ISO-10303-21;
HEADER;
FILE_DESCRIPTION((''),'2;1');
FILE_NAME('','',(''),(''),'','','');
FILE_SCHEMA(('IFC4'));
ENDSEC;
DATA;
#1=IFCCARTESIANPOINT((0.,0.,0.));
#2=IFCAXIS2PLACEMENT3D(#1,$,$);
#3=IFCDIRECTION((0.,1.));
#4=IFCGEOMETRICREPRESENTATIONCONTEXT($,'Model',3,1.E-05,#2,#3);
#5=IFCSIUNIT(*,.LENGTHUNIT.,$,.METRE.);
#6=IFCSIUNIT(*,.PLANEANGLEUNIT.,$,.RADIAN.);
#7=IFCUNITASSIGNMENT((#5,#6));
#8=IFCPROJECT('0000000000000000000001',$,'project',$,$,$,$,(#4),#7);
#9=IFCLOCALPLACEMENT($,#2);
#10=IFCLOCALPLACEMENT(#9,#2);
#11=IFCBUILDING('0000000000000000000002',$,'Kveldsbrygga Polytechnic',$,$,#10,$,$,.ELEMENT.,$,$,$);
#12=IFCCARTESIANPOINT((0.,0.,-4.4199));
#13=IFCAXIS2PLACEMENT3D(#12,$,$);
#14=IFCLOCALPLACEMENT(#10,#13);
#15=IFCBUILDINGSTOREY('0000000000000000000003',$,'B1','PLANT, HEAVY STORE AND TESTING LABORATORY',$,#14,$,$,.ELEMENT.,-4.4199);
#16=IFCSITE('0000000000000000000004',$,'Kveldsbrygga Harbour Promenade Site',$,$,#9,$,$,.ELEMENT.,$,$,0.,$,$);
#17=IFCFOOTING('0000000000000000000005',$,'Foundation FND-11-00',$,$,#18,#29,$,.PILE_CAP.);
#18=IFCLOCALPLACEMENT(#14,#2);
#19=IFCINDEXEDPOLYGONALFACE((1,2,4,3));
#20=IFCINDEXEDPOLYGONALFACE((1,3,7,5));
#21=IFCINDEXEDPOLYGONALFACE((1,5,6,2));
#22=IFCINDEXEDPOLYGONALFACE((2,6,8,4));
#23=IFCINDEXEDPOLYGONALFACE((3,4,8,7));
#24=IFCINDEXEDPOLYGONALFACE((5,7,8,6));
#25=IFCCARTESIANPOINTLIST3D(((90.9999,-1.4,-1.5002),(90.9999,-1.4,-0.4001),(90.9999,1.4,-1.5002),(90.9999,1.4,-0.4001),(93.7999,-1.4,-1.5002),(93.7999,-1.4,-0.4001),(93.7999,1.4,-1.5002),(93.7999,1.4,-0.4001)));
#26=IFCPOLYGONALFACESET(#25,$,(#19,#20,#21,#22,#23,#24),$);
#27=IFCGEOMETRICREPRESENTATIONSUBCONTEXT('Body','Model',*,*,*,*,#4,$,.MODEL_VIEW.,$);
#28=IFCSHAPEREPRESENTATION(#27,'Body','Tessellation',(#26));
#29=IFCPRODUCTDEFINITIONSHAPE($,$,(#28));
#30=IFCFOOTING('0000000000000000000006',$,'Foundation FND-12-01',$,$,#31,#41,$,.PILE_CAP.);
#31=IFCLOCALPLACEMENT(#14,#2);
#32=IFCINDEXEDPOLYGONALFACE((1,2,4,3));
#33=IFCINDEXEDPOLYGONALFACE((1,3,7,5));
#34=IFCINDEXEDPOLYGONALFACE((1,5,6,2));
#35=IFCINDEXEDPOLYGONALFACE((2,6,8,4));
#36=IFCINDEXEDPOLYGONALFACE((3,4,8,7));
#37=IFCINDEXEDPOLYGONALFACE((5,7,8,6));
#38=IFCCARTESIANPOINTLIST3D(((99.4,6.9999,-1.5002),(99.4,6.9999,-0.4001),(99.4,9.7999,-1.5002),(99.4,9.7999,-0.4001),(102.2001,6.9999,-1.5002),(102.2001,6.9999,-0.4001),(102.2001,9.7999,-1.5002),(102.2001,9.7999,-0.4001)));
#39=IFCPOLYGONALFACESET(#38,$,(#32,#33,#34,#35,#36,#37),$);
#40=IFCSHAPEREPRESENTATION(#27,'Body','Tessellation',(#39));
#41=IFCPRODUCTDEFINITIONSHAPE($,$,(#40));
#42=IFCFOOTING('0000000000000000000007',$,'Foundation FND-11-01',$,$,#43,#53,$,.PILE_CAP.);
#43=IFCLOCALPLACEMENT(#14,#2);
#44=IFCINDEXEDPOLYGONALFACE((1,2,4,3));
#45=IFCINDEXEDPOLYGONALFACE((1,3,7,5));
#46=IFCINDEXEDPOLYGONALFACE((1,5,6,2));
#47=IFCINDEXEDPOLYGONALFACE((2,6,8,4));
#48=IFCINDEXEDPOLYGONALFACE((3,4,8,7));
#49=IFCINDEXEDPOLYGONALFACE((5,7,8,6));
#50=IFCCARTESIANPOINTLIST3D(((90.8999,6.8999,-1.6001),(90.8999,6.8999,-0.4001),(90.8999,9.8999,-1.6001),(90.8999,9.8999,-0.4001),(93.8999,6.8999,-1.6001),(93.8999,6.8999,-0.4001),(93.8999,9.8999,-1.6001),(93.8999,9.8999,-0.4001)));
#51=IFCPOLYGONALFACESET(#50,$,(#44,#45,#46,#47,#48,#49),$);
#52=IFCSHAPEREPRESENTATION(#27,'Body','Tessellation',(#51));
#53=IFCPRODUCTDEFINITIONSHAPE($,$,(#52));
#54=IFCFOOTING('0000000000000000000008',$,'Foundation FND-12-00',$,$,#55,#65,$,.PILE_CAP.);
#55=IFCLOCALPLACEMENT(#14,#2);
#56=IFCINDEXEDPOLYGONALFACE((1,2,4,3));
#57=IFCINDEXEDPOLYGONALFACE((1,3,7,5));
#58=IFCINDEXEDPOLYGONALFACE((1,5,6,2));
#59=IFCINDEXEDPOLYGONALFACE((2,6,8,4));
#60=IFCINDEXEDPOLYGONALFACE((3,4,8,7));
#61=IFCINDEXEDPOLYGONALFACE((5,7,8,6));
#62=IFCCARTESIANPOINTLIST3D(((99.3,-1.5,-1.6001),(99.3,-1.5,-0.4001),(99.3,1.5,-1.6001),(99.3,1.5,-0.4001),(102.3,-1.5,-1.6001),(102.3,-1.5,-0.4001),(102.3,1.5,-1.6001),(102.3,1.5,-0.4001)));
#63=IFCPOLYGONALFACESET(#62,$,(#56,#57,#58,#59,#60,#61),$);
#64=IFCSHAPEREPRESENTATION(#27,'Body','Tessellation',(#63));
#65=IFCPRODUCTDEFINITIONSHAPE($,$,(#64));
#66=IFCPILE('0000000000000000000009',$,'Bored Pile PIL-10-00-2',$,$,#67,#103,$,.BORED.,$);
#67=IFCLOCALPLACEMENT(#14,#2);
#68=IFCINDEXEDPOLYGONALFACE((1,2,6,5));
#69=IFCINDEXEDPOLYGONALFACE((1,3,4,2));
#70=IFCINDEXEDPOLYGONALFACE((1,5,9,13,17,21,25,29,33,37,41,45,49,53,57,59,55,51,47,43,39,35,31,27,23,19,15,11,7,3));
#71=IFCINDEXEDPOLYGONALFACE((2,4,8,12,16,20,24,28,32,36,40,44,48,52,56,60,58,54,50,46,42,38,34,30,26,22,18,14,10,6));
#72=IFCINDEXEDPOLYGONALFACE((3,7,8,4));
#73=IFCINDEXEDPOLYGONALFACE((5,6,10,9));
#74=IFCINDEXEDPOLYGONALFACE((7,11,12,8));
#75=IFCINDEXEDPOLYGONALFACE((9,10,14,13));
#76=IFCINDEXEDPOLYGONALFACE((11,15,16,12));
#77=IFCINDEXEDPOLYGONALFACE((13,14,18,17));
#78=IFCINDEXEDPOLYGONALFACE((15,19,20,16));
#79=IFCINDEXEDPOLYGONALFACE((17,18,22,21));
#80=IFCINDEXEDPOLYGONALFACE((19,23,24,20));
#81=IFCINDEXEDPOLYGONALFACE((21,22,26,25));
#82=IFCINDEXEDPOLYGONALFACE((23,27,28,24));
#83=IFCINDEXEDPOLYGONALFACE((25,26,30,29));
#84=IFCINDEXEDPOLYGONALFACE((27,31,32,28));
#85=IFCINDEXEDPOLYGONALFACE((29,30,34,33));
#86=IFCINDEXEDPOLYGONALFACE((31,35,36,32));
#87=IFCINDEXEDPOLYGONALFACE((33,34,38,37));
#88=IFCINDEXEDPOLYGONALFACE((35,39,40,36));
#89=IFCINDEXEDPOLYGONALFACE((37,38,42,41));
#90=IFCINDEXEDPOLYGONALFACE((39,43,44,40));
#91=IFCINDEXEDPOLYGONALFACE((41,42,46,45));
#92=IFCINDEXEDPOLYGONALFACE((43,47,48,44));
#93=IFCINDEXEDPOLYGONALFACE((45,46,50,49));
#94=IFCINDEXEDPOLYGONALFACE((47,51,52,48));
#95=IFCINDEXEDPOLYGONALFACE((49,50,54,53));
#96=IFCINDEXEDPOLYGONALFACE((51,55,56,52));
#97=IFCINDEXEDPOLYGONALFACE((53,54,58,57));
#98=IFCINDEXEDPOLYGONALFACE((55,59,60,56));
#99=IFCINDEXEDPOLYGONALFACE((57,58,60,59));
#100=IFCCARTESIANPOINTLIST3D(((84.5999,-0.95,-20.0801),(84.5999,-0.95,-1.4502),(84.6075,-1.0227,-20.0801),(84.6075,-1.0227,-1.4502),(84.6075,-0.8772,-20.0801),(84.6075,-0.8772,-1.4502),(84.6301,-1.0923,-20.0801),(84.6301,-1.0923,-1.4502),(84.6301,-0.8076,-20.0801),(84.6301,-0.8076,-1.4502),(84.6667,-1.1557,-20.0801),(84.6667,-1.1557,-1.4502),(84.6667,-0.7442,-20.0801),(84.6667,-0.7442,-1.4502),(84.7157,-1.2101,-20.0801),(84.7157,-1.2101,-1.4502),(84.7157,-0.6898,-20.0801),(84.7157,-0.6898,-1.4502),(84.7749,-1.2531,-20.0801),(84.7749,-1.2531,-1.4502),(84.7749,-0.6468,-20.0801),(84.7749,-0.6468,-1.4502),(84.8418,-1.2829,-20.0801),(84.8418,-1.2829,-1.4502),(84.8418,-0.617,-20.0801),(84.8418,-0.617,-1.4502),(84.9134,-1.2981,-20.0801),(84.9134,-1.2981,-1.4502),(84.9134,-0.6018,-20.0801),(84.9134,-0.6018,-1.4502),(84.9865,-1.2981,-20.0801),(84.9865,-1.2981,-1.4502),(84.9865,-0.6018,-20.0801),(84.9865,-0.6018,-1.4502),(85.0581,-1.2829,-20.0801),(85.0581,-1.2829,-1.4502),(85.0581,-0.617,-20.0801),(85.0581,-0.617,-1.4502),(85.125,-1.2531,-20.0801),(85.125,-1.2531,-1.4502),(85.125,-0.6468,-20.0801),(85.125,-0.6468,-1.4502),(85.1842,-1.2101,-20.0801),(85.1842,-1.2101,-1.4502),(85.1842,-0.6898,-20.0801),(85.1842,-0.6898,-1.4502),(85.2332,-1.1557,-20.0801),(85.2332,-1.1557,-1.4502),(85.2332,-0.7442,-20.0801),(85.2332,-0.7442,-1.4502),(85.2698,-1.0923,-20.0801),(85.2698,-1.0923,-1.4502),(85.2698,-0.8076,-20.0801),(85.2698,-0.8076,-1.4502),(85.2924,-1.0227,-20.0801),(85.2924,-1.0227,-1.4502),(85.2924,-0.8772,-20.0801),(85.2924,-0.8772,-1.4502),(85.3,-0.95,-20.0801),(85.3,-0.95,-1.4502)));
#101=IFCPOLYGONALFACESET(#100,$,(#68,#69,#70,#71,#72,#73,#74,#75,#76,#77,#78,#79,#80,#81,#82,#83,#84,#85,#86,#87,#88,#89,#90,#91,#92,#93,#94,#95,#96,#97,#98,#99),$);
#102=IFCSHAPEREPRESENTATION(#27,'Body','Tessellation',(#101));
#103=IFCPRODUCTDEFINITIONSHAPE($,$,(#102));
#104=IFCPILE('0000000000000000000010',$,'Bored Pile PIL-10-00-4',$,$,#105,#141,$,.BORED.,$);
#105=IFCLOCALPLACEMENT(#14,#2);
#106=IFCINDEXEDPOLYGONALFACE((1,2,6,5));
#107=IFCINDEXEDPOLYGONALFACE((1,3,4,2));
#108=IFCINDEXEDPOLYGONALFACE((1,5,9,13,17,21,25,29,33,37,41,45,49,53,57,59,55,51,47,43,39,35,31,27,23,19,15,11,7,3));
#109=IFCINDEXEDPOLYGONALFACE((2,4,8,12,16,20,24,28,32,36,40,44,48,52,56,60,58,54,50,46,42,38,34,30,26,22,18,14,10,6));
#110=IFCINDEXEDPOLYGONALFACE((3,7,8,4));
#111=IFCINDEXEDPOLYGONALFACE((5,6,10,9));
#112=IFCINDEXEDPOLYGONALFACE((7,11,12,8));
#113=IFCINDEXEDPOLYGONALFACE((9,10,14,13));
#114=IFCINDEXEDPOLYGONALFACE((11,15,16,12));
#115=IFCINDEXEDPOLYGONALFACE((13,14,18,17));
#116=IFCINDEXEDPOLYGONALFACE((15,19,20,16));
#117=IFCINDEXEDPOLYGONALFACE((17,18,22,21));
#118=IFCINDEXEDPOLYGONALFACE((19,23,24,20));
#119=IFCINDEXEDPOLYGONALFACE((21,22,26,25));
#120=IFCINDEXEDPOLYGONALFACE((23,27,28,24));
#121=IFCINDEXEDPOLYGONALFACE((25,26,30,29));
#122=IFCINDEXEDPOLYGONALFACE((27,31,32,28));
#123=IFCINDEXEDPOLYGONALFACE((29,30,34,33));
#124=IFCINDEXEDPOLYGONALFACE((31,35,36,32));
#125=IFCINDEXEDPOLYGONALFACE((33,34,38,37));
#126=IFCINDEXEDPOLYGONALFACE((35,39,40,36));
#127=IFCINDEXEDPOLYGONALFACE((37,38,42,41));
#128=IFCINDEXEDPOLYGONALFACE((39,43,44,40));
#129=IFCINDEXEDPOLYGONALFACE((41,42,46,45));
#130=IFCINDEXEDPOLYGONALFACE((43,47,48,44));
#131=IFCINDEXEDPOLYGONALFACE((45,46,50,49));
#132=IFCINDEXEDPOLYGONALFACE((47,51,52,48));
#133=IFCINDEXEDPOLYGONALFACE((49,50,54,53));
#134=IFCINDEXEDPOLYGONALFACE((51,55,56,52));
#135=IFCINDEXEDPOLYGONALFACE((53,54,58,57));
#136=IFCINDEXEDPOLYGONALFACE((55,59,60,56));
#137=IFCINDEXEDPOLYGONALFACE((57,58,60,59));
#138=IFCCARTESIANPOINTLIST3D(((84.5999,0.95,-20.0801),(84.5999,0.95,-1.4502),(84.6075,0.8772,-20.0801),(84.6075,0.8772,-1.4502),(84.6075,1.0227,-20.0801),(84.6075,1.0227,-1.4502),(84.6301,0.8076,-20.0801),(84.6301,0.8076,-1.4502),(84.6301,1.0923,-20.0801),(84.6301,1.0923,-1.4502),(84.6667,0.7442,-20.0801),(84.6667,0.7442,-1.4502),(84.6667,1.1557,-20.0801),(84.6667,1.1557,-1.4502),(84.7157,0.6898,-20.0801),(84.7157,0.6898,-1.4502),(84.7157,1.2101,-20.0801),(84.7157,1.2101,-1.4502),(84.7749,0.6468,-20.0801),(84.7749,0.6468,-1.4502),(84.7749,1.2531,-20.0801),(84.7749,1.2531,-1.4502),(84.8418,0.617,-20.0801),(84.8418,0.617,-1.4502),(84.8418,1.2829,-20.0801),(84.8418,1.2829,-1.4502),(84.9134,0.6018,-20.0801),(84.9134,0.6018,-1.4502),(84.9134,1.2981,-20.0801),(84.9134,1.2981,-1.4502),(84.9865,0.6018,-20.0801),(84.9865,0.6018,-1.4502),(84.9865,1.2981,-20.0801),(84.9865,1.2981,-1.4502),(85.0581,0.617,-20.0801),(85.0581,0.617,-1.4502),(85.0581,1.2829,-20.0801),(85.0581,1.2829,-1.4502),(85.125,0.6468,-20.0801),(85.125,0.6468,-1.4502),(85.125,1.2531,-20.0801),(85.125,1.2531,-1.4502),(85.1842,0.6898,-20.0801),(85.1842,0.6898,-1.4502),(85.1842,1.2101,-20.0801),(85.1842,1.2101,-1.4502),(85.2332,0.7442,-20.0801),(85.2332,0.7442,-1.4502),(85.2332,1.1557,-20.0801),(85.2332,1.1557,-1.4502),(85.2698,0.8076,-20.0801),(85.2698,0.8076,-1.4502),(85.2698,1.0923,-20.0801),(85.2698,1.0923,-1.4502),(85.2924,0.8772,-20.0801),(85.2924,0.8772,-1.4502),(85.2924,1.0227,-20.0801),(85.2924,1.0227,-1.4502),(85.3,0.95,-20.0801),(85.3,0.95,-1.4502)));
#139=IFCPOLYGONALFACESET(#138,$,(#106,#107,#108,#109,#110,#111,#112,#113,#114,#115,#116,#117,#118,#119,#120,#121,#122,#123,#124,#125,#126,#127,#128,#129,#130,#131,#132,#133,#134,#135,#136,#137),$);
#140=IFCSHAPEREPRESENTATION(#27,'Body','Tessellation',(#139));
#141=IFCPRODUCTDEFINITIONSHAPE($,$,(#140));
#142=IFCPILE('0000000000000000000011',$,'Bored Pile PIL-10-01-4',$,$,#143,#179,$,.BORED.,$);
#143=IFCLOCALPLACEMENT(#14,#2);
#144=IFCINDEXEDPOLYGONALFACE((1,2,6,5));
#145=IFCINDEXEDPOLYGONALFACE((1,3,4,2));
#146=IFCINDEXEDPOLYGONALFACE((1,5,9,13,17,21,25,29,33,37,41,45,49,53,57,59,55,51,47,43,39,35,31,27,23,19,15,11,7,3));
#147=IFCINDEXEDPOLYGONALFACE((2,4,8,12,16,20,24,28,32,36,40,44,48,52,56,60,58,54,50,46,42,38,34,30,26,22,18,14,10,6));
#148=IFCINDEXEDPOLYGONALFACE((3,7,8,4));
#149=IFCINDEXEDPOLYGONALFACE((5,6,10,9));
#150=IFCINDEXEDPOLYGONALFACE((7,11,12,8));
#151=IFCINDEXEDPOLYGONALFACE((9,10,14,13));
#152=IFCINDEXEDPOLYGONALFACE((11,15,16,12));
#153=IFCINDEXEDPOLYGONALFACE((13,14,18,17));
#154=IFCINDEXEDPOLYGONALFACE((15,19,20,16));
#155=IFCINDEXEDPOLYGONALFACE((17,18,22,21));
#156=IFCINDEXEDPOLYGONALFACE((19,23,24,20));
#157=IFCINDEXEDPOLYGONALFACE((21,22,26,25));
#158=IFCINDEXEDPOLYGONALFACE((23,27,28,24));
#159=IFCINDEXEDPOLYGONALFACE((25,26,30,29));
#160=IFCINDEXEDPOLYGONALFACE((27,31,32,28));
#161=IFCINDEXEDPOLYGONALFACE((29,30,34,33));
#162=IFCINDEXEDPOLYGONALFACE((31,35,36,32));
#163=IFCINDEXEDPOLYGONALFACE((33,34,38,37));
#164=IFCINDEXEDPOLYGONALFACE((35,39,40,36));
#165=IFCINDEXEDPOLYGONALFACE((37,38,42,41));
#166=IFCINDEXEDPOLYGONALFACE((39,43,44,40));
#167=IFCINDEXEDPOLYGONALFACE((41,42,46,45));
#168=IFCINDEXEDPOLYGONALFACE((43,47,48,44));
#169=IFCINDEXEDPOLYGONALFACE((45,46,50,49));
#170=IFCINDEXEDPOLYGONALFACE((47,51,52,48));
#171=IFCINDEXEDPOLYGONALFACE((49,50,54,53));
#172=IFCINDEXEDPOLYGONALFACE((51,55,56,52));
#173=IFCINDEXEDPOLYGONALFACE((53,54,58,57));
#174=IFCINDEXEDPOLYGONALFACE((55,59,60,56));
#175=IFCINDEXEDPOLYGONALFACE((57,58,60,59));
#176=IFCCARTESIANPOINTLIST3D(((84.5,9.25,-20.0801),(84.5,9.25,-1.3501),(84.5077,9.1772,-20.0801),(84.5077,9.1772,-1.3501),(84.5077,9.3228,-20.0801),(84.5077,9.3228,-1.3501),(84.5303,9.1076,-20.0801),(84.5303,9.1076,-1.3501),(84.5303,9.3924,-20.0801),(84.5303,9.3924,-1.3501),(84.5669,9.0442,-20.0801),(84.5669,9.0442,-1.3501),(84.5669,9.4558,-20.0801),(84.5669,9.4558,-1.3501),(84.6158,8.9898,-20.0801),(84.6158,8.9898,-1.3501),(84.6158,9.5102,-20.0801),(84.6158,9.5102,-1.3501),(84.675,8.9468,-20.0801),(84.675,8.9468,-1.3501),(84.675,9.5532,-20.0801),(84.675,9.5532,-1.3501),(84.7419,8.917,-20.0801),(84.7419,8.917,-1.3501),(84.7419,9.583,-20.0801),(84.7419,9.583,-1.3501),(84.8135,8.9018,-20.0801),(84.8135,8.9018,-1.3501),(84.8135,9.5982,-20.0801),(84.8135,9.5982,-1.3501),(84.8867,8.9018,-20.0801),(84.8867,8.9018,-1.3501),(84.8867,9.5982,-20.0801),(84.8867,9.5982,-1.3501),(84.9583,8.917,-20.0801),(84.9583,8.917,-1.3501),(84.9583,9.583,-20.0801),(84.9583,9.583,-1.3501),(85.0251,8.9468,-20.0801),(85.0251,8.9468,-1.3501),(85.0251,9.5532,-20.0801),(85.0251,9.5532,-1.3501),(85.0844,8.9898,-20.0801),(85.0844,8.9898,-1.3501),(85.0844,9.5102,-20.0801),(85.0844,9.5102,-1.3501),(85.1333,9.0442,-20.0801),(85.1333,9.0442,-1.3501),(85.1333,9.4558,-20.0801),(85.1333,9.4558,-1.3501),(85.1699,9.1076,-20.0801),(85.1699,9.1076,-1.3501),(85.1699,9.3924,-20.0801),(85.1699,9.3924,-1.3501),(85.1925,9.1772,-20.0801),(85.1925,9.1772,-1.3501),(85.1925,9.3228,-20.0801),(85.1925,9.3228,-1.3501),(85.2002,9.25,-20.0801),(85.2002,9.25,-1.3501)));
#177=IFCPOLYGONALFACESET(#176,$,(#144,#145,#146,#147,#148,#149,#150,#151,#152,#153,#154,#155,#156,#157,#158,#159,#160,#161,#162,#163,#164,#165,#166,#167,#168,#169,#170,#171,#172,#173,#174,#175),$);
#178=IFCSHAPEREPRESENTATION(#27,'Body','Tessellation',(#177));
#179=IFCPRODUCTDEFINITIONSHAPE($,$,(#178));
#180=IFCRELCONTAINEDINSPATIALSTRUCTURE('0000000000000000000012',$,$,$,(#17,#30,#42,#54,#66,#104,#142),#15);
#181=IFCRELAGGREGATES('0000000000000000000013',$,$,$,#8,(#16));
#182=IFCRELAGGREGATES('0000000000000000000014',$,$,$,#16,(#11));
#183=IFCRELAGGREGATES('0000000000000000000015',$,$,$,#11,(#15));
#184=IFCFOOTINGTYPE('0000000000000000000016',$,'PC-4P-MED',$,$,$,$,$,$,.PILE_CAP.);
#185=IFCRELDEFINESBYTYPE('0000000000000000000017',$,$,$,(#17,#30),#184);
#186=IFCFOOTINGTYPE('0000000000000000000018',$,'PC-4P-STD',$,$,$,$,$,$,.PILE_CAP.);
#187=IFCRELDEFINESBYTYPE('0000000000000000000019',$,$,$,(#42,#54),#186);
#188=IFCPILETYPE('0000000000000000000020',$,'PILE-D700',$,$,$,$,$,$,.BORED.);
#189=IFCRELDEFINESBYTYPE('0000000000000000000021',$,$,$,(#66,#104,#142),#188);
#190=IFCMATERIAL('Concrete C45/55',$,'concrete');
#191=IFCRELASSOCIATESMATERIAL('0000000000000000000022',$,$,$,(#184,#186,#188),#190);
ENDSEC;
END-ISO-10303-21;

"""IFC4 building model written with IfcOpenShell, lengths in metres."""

from ifc_helpers import new_model, si_unit, direction, frame, origin, origin_2d, place, context, subcontext, project, spatial, rectangle, circle, extrude, material, material_profile, profile_set, type_object, element, save


model = new_model("IFC4")

# Units and contexts
model_context = context("Model", 3, precision=1e-05, world=origin(), true_north=direction((0.0, 1.0)))
body_context = subcontext(model_context, "Body", "Model", "MODEL_VIEW")
ifc_project = project(units=[si_unit("LENGTHUNIT", "METRE"), si_unit("PLANEANGLEUNIT", "RADIAN")], contexts=[model_context])

# Site, building, storey
site_placement = place(None, origin())
site = spatial("IfcSite", under=ifc_project, at=site_placement, Name="Kveldsbrygga Harbour Promenade Site", CompositionType="ELEMENT", RefElevation=0.0)
building_placement = place(site_placement, origin())
building = spatial("IfcBuilding", under=site, at=building_placement, Name="Kveldsbrygga Polytechnic", CompositionType="ELEMENT")
storey_placement = place(building_placement, frame((0.0, 0.0, -4.4199)))
storey = spatial("IfcBuildingStorey", under=building, at=storey_placement, Name="B1", Description="PLANT, HEAVY STORE AND TESTING LABORATORY", CompositionType="ELEMENT", Elevation=-4.4199)

# Footings
ifc_material_1 = material(Name="Concrete C45/55", Category="concrete")
footing_type_1 = type_object("IfcFootingType", Name="PC-4P-MED", PredefinedType="PILE_CAP", material=ifc_material_1)
for number, where, z_axis, x_axis, name in (
    (1, (92.3999, 0.0, -1.5002), (0.0, 0.0, 1.0), (1.0, 0.0, 0.0), "Foundation FND-11-00"),
    (2, (100.8, 8.3999, -1.5002), (0.0, 0.0, 1.0), (1.0, 0.0, 0.0), "Foundation FND-12-01"),
):
    element("IfcFooting", number, at=place(storey_placement, frame(where, z_axis=z_axis, x_axis=x_axis)), inside=storey, type_object=footing_type_1, Name=name, PredefinedType="PILE_CAP", context=body_context, shape_type="SweptSolid", body=[
        extrude(rectangle(XDim=2.8, YDim=2.8, at=origin_2d()), origin(), (0.0, 0.0, 1.0), 1.1001),
    ])
footing_type_2 = type_object("IfcFootingType", Name="PC-4P-STD", PredefinedType="PILE_CAP", material=ifc_material_1)
for number, where, z_axis, x_axis, name in (
    (3, (92.3999, 8.3999, -1.6001), (0.0, 0.0, 1.0), (1.0, 0.0, 0.0), "Foundation FND-11-01"),
    (4, (100.8, 0.0, -1.6001), (0.0, 0.0, 1.0), (1.0, 0.0, 0.0), "Foundation FND-12-00"),
):
    element("IfcFooting", number, at=place(storey_placement, frame(where, z_axis=z_axis, x_axis=x_axis)), inside=storey, type_object=footing_type_2, Name=name, PredefinedType="PILE_CAP", context=body_context, shape_type="SweptSolid", body=[
        extrude(rectangle(XDim=3.0, YDim=3.0, at=origin_2d()), origin(), (0.0, 0.0, 1.0), 1.2),
    ])

# Piles
ifc_material_profile_1 = material_profile(ifc_material_1, circle(Radius=0.3501, at=origin_2d()), Name="PILE D700")
ifc_profile_set_1 = profile_set([ifc_material_profile_1], Name="Concrete C45/55")
pile_type = type_object("IfcPileType", Name="PILE-D700", PredefinedType="BORED", material=ifc_profile_set_1)
for number, where, z_axis, x_axis, name in (
    (5, (84.95, -0.95, -1.4502), (0.0, 0.0, -1.0), (1.0, 0.0, 0.0), "Bored Pile PIL-10-00-2"),
    (6, (84.95, 0.95, -1.4502), (0.0, 0.0, -1.0), (1.0, 0.0, 0.0), "Bored Pile PIL-10-00-4"),
):
    element("IfcPile", number, at=place(storey_placement, frame(where, z_axis=z_axis, x_axis=x_axis)), inside=storey, type_object=pile_type, Name=name, PredefinedType="BORED", context=body_context, shape_type="SweptSolid", body=[
        extrude(circle(Radius=0.3501, at=origin_2d()), origin(), (0.0, 0.0, 1.0), 18.6299),
    ])
for number, where, z_axis, x_axis, name in (
    (7, (84.8501, 9.25, -1.3501), (0.0, 0.0, -1.0), (1.0, 0.0, 0.0), "Bored Pile PIL-10-01-4"),
):
    element("IfcPile", number, at=place(storey_placement, frame(where, z_axis=z_axis, x_axis=x_axis)), inside=storey, type_object=pile_type, Name=name, PredefinedType="BORED", context=body_context, shape_type="SweptSolid", body=[
        extrude(circle(Radius=0.3501, at=origin_2d()), origin(), (0.0, 0.0, 1.0), 18.73),
    ])

save(model, "model.ifc")
